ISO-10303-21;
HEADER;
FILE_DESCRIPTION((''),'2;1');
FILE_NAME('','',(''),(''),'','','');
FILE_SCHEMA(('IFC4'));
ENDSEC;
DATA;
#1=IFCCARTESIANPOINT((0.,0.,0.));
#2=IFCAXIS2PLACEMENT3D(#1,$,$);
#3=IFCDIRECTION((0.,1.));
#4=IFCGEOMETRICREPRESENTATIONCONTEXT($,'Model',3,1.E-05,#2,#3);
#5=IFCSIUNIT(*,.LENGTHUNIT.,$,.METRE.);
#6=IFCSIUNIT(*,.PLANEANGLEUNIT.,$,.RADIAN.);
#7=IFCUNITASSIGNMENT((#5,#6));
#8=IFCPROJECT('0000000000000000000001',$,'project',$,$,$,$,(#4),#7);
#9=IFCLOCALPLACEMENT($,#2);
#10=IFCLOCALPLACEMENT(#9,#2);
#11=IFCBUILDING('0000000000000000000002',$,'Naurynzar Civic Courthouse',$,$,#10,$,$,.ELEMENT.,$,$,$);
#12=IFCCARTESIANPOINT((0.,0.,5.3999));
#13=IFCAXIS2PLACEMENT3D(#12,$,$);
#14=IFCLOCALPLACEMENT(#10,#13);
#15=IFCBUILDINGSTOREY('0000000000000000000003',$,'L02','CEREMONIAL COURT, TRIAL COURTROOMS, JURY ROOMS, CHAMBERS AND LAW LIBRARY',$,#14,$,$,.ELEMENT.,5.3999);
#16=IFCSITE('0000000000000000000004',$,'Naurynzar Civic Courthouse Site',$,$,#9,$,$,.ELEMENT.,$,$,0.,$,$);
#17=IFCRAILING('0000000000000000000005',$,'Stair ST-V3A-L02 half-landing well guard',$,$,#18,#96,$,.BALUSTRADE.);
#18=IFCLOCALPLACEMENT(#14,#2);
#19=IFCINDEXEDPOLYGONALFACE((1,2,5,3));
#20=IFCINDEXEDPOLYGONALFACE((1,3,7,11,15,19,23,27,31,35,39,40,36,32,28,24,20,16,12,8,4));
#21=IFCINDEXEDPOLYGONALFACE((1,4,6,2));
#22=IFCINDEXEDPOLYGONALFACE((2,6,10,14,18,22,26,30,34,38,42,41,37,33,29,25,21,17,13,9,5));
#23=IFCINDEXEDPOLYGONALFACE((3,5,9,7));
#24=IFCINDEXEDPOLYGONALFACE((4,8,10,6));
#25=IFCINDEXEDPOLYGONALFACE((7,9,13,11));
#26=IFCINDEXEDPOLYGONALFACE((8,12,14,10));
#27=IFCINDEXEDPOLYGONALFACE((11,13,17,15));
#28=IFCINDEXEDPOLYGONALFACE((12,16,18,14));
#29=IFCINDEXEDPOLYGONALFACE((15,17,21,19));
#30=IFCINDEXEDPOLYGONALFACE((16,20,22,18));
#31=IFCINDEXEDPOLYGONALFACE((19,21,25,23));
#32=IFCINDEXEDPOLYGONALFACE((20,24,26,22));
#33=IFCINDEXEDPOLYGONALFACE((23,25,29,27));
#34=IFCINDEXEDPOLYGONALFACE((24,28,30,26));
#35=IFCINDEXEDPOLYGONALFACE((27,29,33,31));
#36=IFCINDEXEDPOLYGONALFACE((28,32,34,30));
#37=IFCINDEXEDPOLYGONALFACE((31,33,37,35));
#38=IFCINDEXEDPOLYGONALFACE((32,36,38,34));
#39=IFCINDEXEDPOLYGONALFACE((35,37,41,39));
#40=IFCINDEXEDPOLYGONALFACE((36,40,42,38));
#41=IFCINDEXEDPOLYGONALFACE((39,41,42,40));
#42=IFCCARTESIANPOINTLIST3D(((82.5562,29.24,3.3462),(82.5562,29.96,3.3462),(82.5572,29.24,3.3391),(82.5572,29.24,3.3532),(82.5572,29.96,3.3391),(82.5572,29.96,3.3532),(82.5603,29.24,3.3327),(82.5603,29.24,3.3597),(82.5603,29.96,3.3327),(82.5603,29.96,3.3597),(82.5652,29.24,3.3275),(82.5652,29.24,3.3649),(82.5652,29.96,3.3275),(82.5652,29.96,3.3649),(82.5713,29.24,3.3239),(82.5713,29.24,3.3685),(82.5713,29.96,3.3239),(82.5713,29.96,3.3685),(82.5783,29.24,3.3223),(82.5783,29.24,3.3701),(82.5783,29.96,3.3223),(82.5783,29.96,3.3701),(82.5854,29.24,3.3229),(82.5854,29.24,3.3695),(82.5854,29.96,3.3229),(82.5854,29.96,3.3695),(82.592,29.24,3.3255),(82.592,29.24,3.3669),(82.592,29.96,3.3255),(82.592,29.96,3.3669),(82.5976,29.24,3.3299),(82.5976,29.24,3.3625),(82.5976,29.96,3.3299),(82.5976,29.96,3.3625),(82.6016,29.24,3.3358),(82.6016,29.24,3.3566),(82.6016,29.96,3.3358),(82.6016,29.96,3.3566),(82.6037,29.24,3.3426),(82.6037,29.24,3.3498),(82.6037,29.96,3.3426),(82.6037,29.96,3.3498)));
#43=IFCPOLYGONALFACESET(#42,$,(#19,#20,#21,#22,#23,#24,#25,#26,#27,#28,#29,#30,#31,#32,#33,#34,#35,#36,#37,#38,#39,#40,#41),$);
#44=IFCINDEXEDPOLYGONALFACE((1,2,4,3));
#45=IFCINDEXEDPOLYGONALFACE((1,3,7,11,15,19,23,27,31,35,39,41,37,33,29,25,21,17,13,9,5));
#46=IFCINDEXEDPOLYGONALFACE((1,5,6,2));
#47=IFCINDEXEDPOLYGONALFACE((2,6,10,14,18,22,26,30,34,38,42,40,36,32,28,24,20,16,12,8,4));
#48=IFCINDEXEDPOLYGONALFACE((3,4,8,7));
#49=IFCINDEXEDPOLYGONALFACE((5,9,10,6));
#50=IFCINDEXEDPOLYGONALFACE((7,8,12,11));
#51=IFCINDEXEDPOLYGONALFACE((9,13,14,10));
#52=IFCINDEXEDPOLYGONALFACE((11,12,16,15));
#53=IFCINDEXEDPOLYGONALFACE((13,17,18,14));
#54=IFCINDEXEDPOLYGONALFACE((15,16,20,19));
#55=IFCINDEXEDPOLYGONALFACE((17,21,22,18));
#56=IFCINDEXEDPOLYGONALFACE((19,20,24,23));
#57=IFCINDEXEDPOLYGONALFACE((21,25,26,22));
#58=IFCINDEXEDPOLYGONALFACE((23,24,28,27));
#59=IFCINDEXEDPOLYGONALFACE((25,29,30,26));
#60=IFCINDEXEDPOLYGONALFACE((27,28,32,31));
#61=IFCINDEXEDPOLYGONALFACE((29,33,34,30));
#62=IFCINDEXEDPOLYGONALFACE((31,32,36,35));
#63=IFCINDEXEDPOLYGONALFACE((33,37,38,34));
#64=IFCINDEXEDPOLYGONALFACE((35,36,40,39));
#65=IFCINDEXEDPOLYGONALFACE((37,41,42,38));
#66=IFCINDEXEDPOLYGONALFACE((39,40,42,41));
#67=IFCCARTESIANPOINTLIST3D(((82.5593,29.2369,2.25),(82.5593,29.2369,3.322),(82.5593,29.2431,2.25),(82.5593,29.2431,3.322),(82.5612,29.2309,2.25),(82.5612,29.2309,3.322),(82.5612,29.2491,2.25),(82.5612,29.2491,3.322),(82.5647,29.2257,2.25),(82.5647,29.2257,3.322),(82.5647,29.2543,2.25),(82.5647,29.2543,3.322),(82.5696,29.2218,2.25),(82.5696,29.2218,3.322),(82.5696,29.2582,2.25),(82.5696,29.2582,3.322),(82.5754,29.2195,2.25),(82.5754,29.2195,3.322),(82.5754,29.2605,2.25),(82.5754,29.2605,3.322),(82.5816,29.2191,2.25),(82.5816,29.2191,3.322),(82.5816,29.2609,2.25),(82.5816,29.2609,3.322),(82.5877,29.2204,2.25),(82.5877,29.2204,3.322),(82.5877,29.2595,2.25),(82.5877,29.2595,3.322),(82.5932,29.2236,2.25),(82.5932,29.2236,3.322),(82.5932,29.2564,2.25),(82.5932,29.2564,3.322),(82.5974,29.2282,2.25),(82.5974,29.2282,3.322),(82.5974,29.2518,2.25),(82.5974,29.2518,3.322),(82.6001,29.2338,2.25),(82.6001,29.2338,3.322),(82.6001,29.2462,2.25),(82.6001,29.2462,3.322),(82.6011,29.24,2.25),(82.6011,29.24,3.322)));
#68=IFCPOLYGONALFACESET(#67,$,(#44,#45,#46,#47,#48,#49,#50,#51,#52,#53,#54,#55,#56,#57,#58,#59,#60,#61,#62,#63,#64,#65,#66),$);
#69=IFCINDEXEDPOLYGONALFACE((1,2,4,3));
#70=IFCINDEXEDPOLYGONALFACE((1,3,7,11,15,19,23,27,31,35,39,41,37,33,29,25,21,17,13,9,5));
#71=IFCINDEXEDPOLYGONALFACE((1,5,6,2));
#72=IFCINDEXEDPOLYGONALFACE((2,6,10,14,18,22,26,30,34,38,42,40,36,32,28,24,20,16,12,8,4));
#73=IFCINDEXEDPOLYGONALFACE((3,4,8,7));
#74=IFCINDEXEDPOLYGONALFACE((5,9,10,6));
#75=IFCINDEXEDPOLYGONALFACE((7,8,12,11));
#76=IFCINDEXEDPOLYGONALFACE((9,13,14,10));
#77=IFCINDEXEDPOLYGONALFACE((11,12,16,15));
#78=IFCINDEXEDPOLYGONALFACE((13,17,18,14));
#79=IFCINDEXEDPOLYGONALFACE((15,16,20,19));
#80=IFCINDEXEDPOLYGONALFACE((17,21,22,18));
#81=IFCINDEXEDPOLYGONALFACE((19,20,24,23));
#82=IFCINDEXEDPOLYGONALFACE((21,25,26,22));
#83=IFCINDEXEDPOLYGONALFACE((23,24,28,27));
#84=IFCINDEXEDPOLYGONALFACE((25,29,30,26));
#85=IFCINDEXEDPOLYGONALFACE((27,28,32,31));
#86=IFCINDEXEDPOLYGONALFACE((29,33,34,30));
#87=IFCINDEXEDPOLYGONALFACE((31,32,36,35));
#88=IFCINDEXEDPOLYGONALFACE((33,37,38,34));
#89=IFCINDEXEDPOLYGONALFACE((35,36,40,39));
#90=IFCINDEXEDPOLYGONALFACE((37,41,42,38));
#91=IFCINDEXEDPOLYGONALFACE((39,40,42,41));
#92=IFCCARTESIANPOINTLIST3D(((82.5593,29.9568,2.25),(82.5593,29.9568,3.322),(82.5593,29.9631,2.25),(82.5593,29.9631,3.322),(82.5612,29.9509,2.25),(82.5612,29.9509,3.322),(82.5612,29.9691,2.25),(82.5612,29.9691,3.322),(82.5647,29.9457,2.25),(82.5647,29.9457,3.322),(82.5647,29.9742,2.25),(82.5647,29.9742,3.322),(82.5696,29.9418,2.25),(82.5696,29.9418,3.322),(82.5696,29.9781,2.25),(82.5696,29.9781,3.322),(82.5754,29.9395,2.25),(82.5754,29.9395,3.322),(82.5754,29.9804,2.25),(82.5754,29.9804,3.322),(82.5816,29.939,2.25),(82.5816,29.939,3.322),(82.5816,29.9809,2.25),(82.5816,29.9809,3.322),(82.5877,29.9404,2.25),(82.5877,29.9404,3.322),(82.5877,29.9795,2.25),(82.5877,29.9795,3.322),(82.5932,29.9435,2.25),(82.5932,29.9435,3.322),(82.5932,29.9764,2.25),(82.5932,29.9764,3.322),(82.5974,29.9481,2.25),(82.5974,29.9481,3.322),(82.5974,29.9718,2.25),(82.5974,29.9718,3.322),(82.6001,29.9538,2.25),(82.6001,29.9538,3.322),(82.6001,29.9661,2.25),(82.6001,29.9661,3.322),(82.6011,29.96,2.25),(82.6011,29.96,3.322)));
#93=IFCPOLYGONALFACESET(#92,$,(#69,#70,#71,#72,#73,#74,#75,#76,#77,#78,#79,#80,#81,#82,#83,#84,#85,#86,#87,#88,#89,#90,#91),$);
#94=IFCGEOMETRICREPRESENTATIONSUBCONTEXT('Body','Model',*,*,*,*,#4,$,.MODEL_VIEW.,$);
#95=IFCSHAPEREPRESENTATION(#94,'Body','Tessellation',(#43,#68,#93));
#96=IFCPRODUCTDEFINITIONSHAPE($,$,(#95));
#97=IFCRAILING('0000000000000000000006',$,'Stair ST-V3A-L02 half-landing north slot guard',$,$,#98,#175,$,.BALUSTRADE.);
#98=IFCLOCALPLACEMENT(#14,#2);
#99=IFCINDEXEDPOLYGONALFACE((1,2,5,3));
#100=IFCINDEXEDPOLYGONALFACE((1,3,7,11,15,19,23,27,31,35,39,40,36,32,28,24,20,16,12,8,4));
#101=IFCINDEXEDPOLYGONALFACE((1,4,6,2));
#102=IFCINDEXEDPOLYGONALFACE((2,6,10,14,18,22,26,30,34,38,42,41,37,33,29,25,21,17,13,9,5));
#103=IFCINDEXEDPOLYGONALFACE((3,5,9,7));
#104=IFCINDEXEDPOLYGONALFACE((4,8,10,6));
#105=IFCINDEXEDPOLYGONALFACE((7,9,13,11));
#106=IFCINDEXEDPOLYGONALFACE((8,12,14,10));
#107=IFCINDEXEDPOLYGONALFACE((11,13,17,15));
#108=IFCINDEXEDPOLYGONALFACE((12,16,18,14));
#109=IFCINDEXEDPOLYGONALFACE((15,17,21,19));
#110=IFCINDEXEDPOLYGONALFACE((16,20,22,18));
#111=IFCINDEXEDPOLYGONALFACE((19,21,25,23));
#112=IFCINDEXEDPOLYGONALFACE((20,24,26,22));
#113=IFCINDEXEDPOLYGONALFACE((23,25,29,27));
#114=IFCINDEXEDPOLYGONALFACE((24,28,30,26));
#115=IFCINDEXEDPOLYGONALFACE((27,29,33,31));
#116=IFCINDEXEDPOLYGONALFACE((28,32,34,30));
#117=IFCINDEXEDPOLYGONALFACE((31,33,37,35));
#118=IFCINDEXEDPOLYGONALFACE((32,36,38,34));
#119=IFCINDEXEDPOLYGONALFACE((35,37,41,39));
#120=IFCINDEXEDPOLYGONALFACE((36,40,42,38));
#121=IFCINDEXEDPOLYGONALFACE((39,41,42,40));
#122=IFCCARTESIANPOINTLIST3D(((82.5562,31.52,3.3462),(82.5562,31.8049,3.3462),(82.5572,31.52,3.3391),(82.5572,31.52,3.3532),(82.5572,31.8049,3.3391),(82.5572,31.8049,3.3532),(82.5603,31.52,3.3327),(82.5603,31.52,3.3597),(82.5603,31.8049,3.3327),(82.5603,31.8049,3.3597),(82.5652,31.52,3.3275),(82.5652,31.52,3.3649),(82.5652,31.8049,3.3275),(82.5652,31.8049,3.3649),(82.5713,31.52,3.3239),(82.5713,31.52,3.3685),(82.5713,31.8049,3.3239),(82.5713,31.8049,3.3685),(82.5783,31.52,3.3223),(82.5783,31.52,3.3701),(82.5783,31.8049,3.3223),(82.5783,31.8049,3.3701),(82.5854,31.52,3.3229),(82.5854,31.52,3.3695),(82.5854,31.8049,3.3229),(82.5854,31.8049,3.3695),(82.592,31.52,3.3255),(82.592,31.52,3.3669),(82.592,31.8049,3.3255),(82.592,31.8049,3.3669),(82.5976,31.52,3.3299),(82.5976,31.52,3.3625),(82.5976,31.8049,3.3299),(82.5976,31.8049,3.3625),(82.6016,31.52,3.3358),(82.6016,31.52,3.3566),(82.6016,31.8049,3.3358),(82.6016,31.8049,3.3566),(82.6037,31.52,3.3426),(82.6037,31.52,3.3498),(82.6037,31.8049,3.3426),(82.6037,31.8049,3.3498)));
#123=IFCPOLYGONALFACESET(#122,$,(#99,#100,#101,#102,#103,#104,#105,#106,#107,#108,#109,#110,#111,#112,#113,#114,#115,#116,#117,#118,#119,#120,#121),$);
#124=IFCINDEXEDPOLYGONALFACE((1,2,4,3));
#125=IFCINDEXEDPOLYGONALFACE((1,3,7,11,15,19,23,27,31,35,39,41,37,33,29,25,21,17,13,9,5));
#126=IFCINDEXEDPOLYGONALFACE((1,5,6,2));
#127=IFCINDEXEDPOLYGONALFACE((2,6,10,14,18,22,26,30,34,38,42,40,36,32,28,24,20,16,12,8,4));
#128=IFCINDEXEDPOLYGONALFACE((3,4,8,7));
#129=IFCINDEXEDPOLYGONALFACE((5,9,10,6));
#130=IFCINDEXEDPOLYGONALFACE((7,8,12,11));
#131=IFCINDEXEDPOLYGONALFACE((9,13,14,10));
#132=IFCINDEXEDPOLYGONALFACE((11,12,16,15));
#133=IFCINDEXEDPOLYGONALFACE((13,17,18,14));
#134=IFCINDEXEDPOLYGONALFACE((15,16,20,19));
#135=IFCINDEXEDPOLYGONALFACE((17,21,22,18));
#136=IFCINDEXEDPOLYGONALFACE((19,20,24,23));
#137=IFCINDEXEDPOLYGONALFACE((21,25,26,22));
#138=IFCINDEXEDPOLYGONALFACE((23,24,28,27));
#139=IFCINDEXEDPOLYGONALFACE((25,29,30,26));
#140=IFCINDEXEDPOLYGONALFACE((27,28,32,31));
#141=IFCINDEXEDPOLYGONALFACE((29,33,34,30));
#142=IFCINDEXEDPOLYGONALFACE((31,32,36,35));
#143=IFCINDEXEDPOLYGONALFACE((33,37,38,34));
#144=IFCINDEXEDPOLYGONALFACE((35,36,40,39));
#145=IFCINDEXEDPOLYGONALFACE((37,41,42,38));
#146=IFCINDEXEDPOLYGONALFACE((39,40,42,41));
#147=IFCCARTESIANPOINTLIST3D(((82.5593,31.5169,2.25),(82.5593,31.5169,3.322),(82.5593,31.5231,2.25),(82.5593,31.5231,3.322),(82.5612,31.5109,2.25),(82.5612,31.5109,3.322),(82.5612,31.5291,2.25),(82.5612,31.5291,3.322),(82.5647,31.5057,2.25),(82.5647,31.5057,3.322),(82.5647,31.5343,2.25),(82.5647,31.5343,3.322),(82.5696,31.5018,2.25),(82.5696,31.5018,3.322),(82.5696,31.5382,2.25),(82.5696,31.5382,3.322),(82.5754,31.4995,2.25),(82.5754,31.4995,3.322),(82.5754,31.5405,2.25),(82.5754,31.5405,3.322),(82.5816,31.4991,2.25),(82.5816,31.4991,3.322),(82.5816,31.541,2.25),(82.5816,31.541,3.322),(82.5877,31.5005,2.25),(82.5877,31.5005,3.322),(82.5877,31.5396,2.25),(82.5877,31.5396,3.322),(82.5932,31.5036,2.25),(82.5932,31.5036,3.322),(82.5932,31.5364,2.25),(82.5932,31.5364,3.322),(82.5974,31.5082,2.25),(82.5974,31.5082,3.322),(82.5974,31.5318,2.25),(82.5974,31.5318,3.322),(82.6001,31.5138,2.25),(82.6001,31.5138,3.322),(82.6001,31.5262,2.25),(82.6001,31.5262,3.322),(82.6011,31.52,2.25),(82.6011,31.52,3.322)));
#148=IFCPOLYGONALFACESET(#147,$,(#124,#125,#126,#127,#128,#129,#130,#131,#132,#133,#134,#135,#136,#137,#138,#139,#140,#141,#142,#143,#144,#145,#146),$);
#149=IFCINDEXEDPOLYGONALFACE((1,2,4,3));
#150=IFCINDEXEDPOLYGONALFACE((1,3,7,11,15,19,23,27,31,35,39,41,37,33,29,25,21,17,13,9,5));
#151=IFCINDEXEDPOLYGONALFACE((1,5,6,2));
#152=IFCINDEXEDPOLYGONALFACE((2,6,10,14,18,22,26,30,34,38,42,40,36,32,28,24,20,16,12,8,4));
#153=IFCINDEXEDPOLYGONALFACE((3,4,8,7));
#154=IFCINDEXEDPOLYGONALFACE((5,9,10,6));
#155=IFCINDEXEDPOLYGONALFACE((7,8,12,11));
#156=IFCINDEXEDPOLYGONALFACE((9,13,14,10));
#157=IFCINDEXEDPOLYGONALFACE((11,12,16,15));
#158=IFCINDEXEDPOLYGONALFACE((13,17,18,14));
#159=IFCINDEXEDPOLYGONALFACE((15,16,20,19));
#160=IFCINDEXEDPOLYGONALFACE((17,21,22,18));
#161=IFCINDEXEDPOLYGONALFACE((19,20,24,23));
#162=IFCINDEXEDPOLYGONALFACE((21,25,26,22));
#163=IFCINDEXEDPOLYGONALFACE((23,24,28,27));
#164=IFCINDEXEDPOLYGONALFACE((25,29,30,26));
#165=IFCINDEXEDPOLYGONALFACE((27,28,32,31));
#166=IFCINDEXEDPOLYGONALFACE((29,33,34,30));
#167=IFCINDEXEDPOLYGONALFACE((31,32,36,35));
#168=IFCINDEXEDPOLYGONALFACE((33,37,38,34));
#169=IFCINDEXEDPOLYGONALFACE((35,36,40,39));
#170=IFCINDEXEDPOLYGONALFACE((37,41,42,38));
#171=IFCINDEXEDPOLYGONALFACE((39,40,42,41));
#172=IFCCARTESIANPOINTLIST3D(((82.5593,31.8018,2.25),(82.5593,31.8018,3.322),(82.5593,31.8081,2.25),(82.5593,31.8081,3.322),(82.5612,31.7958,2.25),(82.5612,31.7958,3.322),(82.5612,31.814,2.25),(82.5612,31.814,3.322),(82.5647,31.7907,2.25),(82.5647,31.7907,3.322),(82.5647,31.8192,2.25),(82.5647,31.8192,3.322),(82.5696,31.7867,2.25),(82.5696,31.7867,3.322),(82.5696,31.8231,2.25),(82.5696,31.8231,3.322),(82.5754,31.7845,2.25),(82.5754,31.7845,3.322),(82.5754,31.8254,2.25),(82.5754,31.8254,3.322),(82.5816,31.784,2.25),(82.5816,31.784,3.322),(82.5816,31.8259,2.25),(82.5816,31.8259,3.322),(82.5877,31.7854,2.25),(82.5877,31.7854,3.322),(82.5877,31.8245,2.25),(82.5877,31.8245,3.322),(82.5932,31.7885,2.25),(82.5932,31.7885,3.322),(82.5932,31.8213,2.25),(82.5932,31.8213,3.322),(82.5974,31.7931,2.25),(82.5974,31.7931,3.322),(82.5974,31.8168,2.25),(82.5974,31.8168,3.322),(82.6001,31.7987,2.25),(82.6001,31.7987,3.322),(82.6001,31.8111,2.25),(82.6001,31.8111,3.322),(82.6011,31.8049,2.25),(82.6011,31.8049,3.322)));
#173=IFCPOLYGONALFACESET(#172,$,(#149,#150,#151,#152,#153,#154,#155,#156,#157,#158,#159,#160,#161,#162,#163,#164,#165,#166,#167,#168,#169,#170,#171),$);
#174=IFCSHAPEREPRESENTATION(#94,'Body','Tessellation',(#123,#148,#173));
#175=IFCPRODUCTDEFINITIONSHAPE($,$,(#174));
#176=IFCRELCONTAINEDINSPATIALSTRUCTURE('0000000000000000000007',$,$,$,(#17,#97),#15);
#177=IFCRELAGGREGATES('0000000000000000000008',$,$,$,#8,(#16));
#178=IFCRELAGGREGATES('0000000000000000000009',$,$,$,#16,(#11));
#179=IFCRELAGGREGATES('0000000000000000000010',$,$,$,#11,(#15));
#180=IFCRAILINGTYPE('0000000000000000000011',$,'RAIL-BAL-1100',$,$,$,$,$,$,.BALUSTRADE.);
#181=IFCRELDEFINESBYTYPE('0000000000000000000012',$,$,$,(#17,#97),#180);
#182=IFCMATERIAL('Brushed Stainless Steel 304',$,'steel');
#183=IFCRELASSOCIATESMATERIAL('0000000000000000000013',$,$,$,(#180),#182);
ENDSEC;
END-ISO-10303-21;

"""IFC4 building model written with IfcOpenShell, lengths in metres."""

from ifc_helpers import new_model, si_unit, direction, frame, origin, origin_2d, place, context, subcontext, project, spatial, circle, extrude, material, type_object, element, save


model = new_model("IFC4")

# Units and contexts
model_context = context("Model", 3, precision=1e-05, world=origin(), true_north=direction((0.0, 1.0)))
body_context = subcontext(model_context, "Body", "Model", "MODEL_VIEW")
ifc_project = project(units=[si_unit("LENGTHUNIT", "METRE"), si_unit("PLANEANGLEUNIT", "RADIAN")], contexts=[model_context])

# Site, building, storey
site_placement = place(None, origin())
site = spatial("IfcSite", under=ifc_project, at=site_placement, Name="Naurynzar Civic Courthouse Site", CompositionType="ELEMENT", RefElevation=0.0)
building_placement = place(site_placement, origin())
building = spatial("IfcBuilding", under=site, at=building_placement, Name="Naurynzar Civic Courthouse", CompositionType="ELEMENT")
storey_placement = place(building_placement, frame((0.0, 0.0, 5.3999)))
storey = spatial("IfcBuildingStorey", under=building, at=storey_placement, Name="L02", Description="CEREMONIAL COURT, TRIAL COURTROOMS, JURY ROOMS, CHAMBERS AND LAW LIBRARY", CompositionType="ELEMENT", Elevation=5.3999)

# Railings
ifc_material_1 = material(Name="Brushed Stainless Steel 304", Category="steel")
railing_type_1 = type_object("IfcRailingType", Name="RAIL-BAL-1100", PredefinedType="BALUSTRADE", material=ifc_material_1)
for number, where, name in (
    (1, (82.5801, 29.24, 2.25), "Stair ST-V3A-L02 half-landing well guard"),
):
    element("IfcRailing", number, at=place(storey_placement, frame(where)), inside=storey, type_object=railing_type_1, Name=name, PredefinedType="BALUSTRADE", context=body_context, shape_type="SweptSolid", body=[
        extrude(circle(Radius=0.0239, at=origin_2d()), frame((0.0, 0.0, 1.0962), z_axis=(0.0, 1.0, 0.0), x_axis=(-1.0, 0.0, 0.0)), (0.0, 0.0, 1.0), 0.72),
        extrude(circle(Radius=0.021, at=origin_2d()), origin(), (0.0, 0.0, 1.0), 1.072),
        extrude(circle(Radius=0.021, at=origin_2d()), frame((0.0, 0.72, 0.0)), (0.0, 0.0, 1.0), 1.072),
    ])
railing_1_placement = place(storey_placement, frame((82.5801, 31.52, 2.25)))
element("IfcRailing", 2, at=railing_1_placement, inside=storey, type_object=railing_type_1, Name="Stair ST-V3A-L02 half-landing north slot guard", PredefinedType="BALUSTRADE", context=body_context, shape_type="SweptSolid", body=[
    extrude(circle(Radius=0.0239, at=origin_2d()), frame((0.0, 0.0, 1.0962), z_axis=(0.0, 1.0, 0.0), x_axis=(-1.0, 0.0, 0.0)), (0.0, 0.0, 1.0), 0.2849),
    extrude(circle(Radius=0.021, at=origin_2d()), origin(), (0.0, 0.0, 1.0), 1.072),
    extrude(circle(Radius=0.021, at=origin_2d()), frame((0.0, 0.2849, 0.0)), (0.0, 0.0, 1.0), 1.072),
])

save(model, "model.ifc")
